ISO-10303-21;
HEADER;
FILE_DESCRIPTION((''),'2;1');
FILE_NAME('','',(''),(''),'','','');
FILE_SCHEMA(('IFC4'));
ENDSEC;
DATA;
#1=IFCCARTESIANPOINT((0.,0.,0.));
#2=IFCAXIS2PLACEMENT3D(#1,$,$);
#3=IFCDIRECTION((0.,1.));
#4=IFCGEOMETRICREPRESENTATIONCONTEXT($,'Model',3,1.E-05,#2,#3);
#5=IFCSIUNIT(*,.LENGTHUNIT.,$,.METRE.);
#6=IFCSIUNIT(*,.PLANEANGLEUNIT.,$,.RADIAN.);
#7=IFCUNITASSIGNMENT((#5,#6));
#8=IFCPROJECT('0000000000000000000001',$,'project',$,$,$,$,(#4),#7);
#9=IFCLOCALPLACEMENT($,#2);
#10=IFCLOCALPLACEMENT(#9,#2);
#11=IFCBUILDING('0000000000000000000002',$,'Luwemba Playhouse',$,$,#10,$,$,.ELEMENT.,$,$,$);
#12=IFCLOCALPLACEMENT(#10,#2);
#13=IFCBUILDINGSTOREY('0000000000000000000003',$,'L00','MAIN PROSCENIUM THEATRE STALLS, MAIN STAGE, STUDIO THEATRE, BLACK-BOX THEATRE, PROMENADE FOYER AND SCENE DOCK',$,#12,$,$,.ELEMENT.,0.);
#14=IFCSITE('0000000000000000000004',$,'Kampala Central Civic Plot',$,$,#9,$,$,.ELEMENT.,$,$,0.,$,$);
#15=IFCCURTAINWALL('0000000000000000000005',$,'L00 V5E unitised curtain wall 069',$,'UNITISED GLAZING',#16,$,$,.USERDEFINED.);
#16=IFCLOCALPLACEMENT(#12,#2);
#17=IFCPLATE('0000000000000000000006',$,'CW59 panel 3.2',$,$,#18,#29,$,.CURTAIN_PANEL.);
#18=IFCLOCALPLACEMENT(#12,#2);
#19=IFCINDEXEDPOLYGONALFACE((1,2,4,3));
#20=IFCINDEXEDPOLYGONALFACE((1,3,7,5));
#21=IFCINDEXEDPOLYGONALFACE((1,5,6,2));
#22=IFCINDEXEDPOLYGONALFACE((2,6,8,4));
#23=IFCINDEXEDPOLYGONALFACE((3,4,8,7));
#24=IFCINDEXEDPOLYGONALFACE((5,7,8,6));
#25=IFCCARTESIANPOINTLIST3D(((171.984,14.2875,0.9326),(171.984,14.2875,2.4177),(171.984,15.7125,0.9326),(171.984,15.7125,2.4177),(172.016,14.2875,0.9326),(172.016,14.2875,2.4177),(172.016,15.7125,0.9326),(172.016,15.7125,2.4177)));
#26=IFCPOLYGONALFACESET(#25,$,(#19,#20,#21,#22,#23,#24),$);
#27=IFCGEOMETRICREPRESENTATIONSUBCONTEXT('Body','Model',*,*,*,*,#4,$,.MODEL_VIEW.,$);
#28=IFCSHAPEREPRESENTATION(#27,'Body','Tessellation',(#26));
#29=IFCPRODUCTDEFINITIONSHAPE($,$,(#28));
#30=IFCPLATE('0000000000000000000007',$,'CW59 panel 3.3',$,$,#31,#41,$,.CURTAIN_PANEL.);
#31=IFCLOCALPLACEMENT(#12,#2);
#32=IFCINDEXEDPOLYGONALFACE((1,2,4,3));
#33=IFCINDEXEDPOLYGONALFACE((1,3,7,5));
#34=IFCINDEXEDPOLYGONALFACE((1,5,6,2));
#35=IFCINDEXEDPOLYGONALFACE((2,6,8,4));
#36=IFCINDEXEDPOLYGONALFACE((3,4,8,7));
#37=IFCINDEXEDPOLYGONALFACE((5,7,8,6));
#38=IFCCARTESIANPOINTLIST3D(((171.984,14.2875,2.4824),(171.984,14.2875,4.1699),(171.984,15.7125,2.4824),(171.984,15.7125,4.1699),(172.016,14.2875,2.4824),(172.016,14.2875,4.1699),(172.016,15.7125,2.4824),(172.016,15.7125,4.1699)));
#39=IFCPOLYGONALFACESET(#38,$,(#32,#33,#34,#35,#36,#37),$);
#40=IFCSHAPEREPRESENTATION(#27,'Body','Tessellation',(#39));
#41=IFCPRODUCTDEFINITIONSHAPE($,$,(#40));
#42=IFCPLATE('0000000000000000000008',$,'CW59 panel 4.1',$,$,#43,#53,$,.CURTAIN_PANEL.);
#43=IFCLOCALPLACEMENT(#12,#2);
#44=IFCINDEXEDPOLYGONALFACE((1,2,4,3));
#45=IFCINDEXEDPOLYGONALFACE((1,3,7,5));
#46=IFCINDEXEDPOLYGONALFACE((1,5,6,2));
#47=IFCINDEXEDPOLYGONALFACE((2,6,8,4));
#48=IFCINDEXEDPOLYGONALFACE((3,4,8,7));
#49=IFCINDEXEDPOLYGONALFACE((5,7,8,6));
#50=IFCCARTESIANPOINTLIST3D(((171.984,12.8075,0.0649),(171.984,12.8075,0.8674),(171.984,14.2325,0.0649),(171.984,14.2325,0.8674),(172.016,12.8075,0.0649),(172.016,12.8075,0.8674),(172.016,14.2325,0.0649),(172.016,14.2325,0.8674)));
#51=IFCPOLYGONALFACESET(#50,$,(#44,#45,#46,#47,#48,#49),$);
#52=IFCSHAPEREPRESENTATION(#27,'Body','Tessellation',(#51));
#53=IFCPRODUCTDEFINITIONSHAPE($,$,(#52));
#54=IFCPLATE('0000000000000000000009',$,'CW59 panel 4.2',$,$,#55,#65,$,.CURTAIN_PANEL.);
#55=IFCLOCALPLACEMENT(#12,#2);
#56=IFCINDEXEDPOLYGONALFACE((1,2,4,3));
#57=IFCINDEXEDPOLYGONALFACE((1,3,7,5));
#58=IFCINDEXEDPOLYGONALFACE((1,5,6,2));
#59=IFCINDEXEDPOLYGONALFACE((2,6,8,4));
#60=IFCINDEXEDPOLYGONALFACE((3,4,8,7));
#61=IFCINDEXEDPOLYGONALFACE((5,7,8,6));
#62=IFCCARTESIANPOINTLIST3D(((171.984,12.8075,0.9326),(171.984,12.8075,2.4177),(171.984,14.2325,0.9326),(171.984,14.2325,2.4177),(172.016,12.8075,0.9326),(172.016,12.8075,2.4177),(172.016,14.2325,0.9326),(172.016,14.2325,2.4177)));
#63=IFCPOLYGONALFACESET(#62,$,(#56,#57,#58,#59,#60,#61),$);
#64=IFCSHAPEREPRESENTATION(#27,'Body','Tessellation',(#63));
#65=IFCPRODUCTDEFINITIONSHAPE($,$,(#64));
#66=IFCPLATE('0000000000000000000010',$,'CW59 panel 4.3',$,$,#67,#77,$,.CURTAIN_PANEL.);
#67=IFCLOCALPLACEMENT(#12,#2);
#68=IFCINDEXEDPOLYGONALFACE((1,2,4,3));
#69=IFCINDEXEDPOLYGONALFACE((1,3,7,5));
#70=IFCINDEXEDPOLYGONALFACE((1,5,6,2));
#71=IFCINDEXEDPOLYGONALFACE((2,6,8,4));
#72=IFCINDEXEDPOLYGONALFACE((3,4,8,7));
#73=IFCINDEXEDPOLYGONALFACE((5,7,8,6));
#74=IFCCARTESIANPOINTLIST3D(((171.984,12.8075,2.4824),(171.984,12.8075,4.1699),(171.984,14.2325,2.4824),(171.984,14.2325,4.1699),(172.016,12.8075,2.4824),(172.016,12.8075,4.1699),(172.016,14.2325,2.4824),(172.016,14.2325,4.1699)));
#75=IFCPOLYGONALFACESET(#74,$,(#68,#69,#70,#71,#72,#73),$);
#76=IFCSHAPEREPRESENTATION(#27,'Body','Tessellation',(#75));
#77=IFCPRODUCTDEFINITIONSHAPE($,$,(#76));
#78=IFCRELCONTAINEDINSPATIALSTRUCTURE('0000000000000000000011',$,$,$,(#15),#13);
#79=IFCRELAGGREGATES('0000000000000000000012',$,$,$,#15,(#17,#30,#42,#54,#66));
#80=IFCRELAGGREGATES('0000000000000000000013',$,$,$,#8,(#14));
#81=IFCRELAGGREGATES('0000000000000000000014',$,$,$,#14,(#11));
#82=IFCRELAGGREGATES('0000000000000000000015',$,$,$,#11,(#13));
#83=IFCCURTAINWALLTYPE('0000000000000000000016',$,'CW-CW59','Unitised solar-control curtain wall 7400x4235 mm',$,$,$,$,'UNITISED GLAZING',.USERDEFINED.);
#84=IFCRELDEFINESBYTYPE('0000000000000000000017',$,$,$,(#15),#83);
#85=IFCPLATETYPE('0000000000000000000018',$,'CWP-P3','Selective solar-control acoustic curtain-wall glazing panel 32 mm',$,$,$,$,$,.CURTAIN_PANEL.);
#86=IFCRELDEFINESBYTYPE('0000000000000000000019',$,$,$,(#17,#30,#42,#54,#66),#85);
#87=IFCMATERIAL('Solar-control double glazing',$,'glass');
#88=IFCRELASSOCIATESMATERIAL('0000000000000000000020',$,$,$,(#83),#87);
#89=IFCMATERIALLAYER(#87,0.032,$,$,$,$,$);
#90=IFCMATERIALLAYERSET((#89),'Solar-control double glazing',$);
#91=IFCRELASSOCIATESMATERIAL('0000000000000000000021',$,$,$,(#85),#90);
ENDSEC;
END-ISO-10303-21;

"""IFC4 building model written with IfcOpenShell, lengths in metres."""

from ifc_helpers import new_model, si_unit, direction, frame, origin, origin_2d, place, context, subcontext, project, spatial, rectangle, extrude, material, layer, layer_set, type_object, element, aggregate, save


model = new_model("IFC4")

# Units and contexts
model_context = context("Model", 3, precision=1e-05, world=origin(), true_north=direction((0.0, 1.0)))
body_context = subcontext(model_context, "Body", "Model", "MODEL_VIEW")
ifc_project = project(units=[si_unit("LENGTHUNIT", "METRE"), si_unit("PLANEANGLEUNIT", "RADIAN")], contexts=[model_context])

# Site, building, storey
site_placement = place(None, origin())
site = spatial("IfcSite", under=ifc_project, at=site_placement, Name="Kampala Central Civic Plot", CompositionType="ELEMENT", RefElevation=0.0)
building_placement = place(site_placement, origin())
building = spatial("IfcBuilding", under=site, at=building_placement, Name="Luwemba Playhouse", CompositionType="ELEMENT")
storey_placement = place(building_placement, origin())
storey = spatial("IfcBuildingStorey", under=building, at=storey_placement, Name="L00", Description="MAIN PROSCENIUM THEATRE STALLS, MAIN STAGE, STUDIO THEATRE, BLACK-BOX THEATRE, PROMENADE FOYER AND SCENE DOCK", CompositionType="ELEMENT", Elevation=0.0)

# Curtain wall, plates
ifc_material_1 = material(Name="Solar-control double glazing", Category="glass")
curtain_wall_type = type_object("IfcCurtainWallType", Name="CW-CW59", Description="Unitised solar-control curtain wall 7400x4235 mm", ElementType="UNITISED GLAZING", PredefinedType="USERDEFINED", material=ifc_material_1)
curtain_wall_placement = place(storey_placement, origin())
curtain_wall = element("IfcCurtainWall", 1, at=curtain_wall_placement, inside=storey, type_object=curtain_wall_type, Name="L00 V5E unitised curtain wall 069", ObjectType="UNITISED GLAZING", PredefinedType="USERDEFINED")
ifc_layer = layer(ifc_material_1, 0.032)
ifc_layer_set = layer_set([ifc_layer], Name="Solar-control double glazing")
plate_type = type_object("IfcPlateType", Name="CWP-P3", Description="Selective solar-control acoustic curtain-wall glazing panel 32 mm", PredefinedType="CURTAIN_PANEL", material=ifc_layer_set)
plate_1_placement = place(storey_placement, frame((172.0, 15.0, 0.9326), z_axis=(0.0, 0.0, 1.0), x_axis=(0.0, -1.0, 0.0)))
plate_1 = element("IfcPlate", 2, at=plate_1_placement, type_object=plate_type, Name="CW59 panel 3.2", PredefinedType="CURTAIN_PANEL", context=body_context, shape_type="SweptSolid", body=[
    extrude(rectangle(XDim=1.425, YDim=0.032, at=origin_2d()), origin(), (0.0, 0.0, 1.0), 1.4851),
])
plate_2_placement = place(storey_placement, frame((172.0, 15.0, 2.4824), z_axis=(0.0, 0.0, 1.0), x_axis=(0.0, -1.0, 0.0)))
plate_2 = element("IfcPlate", 3, at=plate_2_placement, type_object=plate_type, Name="CW59 panel 3.3", PredefinedType="CURTAIN_PANEL", context=body_context, shape_type="SweptSolid", body=[
    extrude(rectangle(XDim=1.425, YDim=0.032, at=origin_2d()), origin(), (0.0, 0.0, 1.0), 1.6875),
])
plate_3_placement = place(storey_placement, frame((172.0, 13.52, 0.0649), z_axis=(0.0, 0.0, 1.0), x_axis=(0.0, -1.0, 0.0)))
plate_3 = element("IfcPlate", 4, at=plate_3_placement, type_object=plate_type, Name="CW59 panel 4.1", PredefinedType="CURTAIN_PANEL", context=body_context, shape_type="SweptSolid", body=[
    extrude(rectangle(XDim=1.425, YDim=0.032, at=origin_2d()), origin(), (0.0, 0.0, 1.0), 0.8025),
])
plate_4_placement = place(storey_placement, frame((172.0, 13.52, 0.9326), z_axis=(0.0, 0.0, 1.0), x_axis=(0.0, -1.0, 0.0)))
plate_4 = element("IfcPlate", 5, at=plate_4_placement, type_object=plate_type, Name="CW59 panel 4.2", PredefinedType="CURTAIN_PANEL", context=body_context, shape_type="SweptSolid", body=[
    extrude(rectangle(XDim=1.425, YDim=0.032, at=origin_2d()), origin(), (0.0, 0.0, 1.0), 1.4851),
])
plate_5_placement = place(storey_placement, frame((172.0, 13.52, 2.4824), z_axis=(0.0, 0.0, 1.0), x_axis=(0.0, -1.0, 0.0)))
plate_5 = element("IfcPlate", 6, at=plate_5_placement, type_object=plate_type, Name="CW59 panel 4.3", PredefinedType="CURTAIN_PANEL", context=body_context, shape_type="SweptSolid", body=[
    extrude(rectangle(XDim=1.425, YDim=0.032, at=origin_2d()), origin(), (0.0, 0.0, 1.0), 1.6875),
])
aggregate(curtain_wall, [plate_1, plate_2, plate_3, plate_4, plate_5])

save(model, "model.ifc")
